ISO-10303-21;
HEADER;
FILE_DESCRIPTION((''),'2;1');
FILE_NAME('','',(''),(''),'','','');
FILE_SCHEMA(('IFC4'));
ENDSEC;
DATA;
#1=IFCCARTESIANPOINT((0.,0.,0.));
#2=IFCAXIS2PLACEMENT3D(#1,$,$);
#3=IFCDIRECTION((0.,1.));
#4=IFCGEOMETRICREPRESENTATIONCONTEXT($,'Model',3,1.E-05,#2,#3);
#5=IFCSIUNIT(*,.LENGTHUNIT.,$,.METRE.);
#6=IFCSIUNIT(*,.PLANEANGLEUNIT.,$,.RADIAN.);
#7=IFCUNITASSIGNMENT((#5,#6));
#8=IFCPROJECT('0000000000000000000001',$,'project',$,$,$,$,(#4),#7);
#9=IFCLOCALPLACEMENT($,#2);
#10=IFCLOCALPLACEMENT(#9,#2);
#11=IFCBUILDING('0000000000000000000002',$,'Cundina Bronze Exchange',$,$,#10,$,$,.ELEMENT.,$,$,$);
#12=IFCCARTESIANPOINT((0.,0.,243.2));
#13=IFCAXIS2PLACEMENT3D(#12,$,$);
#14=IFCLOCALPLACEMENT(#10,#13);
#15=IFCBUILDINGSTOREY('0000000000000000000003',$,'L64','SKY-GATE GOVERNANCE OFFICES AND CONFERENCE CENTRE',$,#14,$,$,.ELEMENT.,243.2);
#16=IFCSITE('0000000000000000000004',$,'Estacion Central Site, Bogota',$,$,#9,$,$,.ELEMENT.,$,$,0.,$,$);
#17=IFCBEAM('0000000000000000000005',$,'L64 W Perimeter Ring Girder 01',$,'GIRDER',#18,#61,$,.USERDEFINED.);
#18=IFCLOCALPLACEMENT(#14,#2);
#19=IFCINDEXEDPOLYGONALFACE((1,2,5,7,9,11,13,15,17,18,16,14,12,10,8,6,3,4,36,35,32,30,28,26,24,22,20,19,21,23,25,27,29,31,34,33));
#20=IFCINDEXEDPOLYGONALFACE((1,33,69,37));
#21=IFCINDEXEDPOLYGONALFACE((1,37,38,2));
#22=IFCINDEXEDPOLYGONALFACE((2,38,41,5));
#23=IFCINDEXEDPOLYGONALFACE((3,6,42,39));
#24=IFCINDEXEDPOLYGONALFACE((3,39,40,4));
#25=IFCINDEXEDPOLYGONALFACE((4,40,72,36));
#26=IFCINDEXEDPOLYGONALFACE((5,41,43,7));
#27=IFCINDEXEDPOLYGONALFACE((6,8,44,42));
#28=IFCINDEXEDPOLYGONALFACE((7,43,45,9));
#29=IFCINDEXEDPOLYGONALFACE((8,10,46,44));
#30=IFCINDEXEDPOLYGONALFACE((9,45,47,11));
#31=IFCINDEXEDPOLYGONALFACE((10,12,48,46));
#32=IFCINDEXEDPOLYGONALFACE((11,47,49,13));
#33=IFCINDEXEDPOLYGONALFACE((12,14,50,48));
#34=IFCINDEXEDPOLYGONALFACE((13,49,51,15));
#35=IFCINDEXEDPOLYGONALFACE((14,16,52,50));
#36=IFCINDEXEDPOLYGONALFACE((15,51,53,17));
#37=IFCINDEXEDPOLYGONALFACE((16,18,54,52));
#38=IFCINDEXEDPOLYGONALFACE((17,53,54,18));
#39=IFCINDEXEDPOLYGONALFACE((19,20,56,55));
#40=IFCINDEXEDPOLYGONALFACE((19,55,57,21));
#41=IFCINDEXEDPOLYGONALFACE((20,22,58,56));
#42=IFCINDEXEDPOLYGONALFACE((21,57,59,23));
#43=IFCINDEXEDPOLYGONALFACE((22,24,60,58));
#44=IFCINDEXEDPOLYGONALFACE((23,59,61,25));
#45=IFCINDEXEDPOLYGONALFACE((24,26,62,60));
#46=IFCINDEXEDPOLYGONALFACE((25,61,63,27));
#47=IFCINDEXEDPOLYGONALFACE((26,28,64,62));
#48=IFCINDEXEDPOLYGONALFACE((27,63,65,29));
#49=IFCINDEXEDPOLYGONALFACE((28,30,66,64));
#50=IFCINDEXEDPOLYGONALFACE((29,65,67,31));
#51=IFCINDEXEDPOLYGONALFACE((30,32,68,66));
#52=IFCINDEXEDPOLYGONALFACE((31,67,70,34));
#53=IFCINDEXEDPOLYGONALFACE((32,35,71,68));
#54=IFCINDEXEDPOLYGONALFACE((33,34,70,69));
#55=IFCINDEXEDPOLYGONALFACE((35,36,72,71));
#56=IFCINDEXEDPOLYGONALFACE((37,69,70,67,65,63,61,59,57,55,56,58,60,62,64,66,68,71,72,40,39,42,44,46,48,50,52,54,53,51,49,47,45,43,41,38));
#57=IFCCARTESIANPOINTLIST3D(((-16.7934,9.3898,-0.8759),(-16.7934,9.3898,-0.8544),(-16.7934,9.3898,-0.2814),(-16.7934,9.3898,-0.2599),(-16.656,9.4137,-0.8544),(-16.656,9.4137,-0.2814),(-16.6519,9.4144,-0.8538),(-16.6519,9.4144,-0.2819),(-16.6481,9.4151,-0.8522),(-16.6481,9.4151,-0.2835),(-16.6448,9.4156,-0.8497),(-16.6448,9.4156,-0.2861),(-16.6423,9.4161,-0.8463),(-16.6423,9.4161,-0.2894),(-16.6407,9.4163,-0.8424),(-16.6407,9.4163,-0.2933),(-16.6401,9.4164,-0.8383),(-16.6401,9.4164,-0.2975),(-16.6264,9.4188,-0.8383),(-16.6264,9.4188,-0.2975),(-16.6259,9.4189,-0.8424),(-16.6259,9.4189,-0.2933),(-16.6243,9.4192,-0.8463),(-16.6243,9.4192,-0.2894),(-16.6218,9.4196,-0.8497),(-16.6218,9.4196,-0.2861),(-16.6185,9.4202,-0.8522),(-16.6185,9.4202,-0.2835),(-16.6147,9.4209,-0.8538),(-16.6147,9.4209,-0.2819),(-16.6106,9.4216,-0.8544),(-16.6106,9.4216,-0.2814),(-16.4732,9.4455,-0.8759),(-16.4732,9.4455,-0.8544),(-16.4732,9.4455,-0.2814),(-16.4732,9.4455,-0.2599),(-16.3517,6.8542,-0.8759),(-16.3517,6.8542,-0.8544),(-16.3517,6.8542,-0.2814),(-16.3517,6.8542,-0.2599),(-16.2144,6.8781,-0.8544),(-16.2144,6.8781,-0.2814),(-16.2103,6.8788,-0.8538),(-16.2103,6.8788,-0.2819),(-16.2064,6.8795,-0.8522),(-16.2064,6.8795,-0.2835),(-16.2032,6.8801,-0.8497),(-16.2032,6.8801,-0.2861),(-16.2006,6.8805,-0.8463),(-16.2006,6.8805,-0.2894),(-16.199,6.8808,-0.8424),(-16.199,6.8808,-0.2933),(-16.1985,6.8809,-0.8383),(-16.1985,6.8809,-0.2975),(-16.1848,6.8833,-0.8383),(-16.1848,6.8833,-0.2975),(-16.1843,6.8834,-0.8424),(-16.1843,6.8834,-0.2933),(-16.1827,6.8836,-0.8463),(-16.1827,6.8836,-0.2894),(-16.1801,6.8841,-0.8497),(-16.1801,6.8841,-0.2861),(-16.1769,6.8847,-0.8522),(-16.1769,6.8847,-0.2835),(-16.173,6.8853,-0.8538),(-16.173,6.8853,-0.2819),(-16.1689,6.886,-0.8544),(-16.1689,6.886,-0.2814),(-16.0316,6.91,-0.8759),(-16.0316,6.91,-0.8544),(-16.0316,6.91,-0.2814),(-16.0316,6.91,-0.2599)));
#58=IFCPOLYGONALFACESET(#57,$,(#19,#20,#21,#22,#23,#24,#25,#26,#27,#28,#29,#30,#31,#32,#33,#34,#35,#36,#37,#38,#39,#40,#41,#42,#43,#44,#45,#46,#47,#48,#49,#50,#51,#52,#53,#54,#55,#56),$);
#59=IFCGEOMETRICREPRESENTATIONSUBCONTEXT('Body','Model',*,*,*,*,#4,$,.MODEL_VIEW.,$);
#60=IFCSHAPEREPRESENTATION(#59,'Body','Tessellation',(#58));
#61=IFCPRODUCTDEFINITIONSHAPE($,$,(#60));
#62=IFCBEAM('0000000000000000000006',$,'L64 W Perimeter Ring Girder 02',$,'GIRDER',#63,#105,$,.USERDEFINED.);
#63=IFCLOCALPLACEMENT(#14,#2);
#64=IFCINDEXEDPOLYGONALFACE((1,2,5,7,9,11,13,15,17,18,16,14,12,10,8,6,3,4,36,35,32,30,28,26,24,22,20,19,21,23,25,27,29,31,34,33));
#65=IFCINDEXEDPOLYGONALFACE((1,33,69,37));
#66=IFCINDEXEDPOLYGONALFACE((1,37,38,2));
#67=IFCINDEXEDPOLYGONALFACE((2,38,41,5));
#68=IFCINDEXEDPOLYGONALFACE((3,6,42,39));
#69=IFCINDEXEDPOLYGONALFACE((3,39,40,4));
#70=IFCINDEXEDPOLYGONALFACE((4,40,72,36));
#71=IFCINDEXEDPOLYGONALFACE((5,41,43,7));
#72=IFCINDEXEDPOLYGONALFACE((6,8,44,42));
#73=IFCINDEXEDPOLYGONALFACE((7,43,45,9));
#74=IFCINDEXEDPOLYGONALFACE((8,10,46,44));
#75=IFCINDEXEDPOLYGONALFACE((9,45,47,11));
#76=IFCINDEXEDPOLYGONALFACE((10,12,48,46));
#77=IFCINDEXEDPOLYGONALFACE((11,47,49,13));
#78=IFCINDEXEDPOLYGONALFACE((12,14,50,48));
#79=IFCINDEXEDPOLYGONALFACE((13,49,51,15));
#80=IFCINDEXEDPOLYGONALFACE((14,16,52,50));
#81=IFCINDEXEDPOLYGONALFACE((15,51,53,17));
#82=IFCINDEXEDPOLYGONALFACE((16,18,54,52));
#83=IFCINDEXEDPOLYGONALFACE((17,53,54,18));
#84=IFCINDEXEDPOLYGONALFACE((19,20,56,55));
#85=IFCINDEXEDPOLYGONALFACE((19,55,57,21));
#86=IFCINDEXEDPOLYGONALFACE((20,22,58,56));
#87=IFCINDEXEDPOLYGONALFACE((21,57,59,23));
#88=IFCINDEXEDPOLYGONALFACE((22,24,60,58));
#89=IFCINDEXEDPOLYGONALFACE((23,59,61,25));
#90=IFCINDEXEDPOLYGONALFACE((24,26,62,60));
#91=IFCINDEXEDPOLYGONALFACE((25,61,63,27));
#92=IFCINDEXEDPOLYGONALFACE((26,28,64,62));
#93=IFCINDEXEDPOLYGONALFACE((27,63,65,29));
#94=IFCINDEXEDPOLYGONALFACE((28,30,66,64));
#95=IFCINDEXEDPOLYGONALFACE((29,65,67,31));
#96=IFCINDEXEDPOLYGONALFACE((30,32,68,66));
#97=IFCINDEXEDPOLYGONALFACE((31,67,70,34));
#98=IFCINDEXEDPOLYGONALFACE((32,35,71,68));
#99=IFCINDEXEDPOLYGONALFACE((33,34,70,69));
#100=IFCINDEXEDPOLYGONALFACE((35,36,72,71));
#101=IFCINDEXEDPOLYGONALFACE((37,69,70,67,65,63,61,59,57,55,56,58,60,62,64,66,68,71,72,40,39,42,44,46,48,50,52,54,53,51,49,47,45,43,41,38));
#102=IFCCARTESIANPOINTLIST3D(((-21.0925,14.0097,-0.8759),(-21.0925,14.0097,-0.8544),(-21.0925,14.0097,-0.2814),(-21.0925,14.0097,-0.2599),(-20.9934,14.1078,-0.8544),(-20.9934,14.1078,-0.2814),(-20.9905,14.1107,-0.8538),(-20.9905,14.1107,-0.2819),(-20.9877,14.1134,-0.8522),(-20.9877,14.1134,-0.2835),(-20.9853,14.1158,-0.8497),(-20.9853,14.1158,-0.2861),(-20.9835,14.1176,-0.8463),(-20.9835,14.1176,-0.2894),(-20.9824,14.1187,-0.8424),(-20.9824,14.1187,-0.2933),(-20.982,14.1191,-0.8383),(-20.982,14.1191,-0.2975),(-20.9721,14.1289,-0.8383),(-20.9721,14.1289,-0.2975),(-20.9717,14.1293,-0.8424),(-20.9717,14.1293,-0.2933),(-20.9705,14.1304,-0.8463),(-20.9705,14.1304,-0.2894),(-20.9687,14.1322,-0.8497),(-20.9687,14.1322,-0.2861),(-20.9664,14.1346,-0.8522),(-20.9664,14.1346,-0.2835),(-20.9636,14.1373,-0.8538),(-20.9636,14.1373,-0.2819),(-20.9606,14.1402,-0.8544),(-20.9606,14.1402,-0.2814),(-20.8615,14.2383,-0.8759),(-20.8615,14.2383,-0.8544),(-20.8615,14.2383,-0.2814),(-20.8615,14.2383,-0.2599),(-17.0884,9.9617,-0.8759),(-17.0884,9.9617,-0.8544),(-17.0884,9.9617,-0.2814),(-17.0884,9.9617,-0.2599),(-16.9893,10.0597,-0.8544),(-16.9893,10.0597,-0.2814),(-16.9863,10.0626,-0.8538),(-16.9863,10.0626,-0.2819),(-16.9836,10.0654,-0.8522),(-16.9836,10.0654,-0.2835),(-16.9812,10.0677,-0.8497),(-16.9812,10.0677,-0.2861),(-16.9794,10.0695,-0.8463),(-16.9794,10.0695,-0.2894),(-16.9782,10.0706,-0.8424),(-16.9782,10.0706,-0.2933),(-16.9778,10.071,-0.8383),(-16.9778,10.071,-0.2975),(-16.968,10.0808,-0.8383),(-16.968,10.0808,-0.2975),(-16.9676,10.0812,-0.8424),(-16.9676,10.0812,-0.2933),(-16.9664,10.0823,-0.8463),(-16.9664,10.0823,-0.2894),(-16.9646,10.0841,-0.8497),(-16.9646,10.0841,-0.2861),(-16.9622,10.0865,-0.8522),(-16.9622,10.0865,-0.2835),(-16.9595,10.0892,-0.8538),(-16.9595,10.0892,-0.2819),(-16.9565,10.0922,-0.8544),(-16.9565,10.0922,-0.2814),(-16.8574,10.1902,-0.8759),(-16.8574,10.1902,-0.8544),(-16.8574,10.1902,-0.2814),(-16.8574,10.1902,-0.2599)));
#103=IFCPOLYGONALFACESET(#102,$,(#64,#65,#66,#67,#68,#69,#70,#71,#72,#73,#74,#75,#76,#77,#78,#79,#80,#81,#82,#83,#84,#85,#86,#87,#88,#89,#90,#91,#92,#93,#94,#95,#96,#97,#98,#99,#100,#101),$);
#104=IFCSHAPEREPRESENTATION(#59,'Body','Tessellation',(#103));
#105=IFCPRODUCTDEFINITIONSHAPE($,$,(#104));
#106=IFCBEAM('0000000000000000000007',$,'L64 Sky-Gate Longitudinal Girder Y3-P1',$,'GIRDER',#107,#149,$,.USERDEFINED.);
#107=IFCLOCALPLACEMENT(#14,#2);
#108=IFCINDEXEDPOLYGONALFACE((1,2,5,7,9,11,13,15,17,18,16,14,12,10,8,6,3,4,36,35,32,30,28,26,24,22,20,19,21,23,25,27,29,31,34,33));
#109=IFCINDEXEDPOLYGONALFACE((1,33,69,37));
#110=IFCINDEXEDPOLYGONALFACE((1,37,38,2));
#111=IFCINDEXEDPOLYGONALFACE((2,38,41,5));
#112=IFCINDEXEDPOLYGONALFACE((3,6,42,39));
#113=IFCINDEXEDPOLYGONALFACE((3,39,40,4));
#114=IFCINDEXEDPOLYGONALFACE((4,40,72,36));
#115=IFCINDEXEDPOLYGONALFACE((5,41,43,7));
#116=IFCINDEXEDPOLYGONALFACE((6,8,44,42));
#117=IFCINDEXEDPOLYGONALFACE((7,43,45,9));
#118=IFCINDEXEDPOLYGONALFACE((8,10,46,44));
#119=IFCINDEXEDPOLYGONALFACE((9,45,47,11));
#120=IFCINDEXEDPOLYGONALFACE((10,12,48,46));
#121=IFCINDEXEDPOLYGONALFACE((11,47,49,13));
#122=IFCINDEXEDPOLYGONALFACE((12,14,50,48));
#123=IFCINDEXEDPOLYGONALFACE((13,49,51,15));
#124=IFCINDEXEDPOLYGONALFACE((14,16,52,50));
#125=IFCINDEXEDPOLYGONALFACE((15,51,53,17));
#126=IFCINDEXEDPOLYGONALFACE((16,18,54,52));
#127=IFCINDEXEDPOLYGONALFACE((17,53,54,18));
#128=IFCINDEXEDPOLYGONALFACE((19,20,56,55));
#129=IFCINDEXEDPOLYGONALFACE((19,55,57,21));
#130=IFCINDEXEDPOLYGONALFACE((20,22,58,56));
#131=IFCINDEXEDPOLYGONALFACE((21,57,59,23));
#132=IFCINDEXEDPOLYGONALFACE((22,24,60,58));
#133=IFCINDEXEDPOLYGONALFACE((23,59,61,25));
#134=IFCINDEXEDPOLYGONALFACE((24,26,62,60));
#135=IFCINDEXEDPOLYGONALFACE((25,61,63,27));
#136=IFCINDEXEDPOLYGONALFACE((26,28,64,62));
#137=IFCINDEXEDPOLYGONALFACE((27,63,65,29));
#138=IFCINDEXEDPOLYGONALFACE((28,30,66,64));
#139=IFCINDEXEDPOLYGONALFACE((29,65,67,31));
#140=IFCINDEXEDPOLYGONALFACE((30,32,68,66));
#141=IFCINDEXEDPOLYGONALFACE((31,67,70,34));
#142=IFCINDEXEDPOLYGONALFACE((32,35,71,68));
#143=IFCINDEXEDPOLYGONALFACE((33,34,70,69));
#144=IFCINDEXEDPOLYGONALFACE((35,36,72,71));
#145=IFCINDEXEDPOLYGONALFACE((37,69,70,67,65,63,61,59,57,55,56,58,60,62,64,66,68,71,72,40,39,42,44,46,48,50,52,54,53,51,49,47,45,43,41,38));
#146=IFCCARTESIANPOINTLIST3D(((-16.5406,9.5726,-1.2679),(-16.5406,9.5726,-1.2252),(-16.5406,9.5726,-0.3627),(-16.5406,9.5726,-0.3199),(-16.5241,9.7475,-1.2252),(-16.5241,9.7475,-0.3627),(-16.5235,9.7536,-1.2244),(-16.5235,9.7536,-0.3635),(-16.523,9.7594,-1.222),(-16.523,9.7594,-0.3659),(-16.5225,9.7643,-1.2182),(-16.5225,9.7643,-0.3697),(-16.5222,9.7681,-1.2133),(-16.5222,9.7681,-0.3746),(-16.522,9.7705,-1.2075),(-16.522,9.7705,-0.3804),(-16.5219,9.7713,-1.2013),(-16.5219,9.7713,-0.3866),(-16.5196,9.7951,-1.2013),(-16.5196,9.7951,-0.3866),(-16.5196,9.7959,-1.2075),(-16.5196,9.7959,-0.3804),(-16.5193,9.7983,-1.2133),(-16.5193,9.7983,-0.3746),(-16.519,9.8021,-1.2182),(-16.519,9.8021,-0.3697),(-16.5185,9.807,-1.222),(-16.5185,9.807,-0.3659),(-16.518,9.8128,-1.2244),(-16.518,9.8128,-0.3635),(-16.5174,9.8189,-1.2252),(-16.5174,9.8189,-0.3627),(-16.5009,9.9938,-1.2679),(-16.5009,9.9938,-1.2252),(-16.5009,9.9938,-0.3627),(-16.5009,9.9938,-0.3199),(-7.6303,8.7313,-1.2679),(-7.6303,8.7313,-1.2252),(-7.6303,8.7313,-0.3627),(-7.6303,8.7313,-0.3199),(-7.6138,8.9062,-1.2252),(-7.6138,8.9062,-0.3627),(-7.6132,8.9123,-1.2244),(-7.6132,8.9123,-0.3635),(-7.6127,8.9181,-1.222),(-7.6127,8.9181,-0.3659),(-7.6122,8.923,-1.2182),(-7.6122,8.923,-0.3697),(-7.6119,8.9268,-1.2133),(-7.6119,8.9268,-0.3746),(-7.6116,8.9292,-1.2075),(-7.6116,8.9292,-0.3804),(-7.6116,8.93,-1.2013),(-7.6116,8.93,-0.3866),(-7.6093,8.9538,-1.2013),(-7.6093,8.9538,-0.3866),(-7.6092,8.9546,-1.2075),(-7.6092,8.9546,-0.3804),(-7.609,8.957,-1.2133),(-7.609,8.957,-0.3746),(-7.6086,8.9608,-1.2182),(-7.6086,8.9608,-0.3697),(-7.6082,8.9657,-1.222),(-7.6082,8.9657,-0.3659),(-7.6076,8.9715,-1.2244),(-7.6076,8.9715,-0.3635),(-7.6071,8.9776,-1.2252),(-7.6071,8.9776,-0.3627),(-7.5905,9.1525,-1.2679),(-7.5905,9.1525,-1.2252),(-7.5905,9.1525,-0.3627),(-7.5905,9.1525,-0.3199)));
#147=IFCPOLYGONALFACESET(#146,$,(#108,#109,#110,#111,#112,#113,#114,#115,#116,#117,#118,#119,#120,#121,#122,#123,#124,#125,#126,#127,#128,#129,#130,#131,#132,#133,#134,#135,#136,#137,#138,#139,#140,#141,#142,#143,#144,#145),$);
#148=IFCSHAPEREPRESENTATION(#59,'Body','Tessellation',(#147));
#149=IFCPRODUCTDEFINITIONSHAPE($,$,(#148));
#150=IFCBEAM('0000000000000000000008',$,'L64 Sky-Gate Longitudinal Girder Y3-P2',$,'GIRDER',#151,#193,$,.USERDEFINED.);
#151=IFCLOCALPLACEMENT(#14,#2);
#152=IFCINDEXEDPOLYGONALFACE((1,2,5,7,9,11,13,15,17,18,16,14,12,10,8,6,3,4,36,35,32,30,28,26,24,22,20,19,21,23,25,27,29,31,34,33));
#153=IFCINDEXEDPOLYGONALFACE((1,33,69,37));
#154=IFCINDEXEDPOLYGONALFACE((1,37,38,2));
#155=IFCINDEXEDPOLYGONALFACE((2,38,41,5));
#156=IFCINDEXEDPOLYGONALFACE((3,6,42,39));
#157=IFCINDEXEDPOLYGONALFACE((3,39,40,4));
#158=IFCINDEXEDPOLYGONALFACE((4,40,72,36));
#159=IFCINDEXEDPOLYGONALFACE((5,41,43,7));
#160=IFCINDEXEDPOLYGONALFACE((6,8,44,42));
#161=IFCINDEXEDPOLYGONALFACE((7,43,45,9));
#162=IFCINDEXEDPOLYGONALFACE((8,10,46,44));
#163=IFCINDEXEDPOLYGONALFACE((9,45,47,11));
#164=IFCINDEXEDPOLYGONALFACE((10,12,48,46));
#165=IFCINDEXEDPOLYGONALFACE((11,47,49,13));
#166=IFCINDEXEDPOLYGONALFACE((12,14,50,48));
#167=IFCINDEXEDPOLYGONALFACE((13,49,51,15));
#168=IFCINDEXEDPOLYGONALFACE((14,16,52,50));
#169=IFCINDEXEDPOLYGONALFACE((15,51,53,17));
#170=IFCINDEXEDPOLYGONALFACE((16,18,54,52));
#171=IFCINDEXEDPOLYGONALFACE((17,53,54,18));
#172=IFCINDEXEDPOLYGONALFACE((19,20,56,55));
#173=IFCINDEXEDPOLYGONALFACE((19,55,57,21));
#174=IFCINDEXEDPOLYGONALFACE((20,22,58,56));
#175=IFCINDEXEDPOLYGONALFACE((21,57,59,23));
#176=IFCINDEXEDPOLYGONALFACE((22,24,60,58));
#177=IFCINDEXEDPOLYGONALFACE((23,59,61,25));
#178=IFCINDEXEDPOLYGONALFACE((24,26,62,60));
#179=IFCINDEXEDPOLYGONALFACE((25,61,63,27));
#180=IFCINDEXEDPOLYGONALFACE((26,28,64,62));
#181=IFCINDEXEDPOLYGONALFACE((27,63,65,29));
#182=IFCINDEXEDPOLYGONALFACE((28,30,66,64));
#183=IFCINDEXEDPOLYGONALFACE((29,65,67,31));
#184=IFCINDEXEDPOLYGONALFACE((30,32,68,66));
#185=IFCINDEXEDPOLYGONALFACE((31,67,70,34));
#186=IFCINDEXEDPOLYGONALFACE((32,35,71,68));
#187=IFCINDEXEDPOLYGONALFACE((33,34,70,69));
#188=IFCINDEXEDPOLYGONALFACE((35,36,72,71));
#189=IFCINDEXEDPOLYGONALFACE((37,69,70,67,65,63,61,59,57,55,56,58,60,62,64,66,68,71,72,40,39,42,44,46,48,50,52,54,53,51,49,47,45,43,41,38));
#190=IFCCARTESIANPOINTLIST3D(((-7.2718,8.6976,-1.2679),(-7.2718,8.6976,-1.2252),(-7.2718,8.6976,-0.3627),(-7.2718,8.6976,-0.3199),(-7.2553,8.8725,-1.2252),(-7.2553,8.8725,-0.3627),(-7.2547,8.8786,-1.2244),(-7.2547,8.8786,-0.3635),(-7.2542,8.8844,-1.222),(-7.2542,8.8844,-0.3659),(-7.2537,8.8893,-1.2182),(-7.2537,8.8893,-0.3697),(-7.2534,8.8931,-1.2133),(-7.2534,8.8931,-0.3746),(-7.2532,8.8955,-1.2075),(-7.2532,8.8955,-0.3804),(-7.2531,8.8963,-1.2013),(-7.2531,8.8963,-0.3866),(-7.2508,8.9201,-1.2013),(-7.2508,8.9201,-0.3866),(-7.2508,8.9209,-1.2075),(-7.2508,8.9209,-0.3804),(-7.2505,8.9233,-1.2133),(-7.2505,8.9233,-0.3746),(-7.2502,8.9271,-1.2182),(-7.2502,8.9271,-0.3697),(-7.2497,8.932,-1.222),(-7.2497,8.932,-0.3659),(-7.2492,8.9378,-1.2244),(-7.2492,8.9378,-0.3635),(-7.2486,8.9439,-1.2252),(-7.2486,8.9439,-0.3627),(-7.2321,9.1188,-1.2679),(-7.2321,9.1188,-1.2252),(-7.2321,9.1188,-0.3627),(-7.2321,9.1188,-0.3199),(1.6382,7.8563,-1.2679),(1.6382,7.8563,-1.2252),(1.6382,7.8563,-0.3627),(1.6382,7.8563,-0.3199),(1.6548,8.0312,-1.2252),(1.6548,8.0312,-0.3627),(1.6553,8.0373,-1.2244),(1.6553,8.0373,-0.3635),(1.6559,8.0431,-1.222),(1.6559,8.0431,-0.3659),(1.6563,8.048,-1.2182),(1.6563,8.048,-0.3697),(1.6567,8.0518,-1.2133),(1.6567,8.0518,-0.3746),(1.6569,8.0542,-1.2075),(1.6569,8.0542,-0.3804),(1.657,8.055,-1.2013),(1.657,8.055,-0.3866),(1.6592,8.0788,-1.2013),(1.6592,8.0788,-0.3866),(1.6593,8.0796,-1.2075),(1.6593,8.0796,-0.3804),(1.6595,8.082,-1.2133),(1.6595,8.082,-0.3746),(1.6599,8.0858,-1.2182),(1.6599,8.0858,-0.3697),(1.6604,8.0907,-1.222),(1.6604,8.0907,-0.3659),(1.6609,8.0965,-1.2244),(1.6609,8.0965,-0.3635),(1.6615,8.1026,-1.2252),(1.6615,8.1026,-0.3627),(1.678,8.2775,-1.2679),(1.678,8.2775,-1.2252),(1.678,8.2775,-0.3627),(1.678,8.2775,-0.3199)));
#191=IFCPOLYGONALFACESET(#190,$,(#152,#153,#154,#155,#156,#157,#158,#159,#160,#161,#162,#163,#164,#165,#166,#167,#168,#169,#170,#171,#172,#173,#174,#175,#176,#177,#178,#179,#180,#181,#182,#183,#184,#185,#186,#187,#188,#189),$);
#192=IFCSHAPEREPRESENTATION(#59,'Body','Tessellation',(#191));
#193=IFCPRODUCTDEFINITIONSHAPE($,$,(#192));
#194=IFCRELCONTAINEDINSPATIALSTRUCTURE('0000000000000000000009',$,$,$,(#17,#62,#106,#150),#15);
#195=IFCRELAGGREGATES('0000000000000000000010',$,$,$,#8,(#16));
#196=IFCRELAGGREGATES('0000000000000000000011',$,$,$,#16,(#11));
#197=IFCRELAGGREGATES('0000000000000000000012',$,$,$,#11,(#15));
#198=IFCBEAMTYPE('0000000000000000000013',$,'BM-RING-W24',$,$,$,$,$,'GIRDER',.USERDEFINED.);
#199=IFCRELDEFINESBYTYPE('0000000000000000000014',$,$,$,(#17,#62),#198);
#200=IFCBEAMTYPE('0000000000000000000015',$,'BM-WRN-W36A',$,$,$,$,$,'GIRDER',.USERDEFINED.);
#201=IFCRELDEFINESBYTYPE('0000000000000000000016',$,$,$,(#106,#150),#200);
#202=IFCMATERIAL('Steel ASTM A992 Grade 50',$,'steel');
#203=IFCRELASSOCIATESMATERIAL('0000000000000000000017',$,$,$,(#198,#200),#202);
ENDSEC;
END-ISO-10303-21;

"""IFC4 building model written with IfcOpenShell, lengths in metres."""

from ifc_helpers import new_model, si_unit, direction, frame, origin, origin_2d, place, context, subcontext, project, spatial, i_section, extrude, material, material_profile, profile_set, type_object, element, save


model = new_model("IFC4")

# Units and contexts
model_context = context("Model", 3, precision=1e-05, world=origin(), true_north=direction((0.0, 1.0)))
body_context = subcontext(model_context, "Body", "Model", "MODEL_VIEW")
ifc_project = project(units=[si_unit("LENGTHUNIT", "METRE"), si_unit("PLANEANGLEUNIT", "RADIAN")], contexts=[model_context])

# Site, building, storey
site_placement = place(None, origin())
site = spatial("IfcSite", under=ifc_project, at=site_placement, Name="Estacion Central Site, Bogota", CompositionType="ELEMENT", RefElevation=0.0)
building_placement = place(site_placement, origin())
building = spatial("IfcBuilding", under=site, at=building_placement, Name="Cundina Bronze Exchange", CompositionType="ELEMENT")
storey_placement = place(building_placement, frame((0.0, 0.0, 243.2)))
storey = spatial("IfcBuildingStorey", under=building, at=storey_placement, Name="L64", Description="SKY-GATE GOVERNANCE OFFICES AND CONFERENCE CENTRE", CompositionType="ELEMENT", Elevation=243.2)

# Beams
ifc_material_1 = material(Name="Steel ASTM A992 Grade 50", Category="steel")
ifc_material_profile_1 = material_profile(ifc_material_1, i_section(OverallWidth=0.325, OverallDepth=0.616, WebThickness=0.0139, FlangeThickness=0.0215, FilletRadius=0.0161, at=origin_2d()), Name="W24X117", Category="steel")
ifc_profile_set_1 = profile_set([ifc_material_profile_1], Name="Steel ASTM A992 Grade 50")
beam_type_1 = type_object("IfcBeamType", Name="BM-RING-W24", ElementType="GIRDER", PredefinedType="USERDEFINED", material=ifc_profile_set_1)
beam_1_placement = place(storey_placement, frame((-16.1917, 6.8821, -0.5679), z_axis=(-0.171593, 0.985168, 0.0), x_axis=(-0.985168, -0.171593, 0.0)))
element("IfcBeam", 1, at=beam_1_placement, inside=storey, type_object=beam_type_1, Name="L64 W Perimeter Ring Girder 01", ObjectType="GIRDER", PredefinedType="USERDEFINED", context=body_context, shape_type="SweptSolid", body=[
    extrude(i_section(OverallWidth=0.325, OverallDepth=0.616, WebThickness=0.0139, FlangeThickness=0.0215, FilletRadius=0.0161, at=origin_2d()), origin(), (0.0, 0.0, 1.0), 2.5737),
])
beam_2_placement = place(storey_placement, frame((-16.9729, 10.0759, -0.5679), z_axis=(-0.703237, 0.710955, 0.0), x_axis=(-0.710955, -0.703237, 0.0)))
element("IfcBeam", 2, at=beam_2_placement, inside=storey, type_object=beam_type_1, Name="L64 W Perimeter Ring Girder 02", ObjectType="GIRDER", PredefinedType="USERDEFINED", context=body_context, shape_type="SweptSolid", body=[
    extrude(i_section(OverallWidth=0.325, OverallDepth=0.616, WebThickness=0.0139, FlangeThickness=0.0215, FilletRadius=0.0161, at=origin_2d()), origin(), (0.0, 0.0, 1.0), 5.6938),
])
ifc_material_profile_2 = material_profile(ifc_material_1, i_section(OverallWidth=0.4231, OverallDepth=0.948, WebThickness=0.0239, FlangeThickness=0.0427, FilletRadius=0.0239, at=origin_2d()), Name="W36X302", Category="steel")
ifc_profile_set_2 = profile_set([ifc_material_profile_2], Name="Steel ASTM A992 Grade 50")
beam_type_2 = type_object("IfcBeamType", Name="BM-WRN-W36A", ElementType="GIRDER", PredefinedType="USERDEFINED", material=ifc_profile_set_2)
beam_3_placement = place(storey_placement, frame((-16.5208, 9.7832, -0.7939), z_axis=(0.995572, -0.094001, 0.0), x_axis=(0.094001, 0.995572, 0.0)))
element("IfcBeam", 3, at=beam_3_placement, inside=storey, type_object=beam_type_2, Name="L64 Sky-Gate Longitudinal Girder Y3-P1", ObjectType="GIRDER", PredefinedType="USERDEFINED", context=body_context, shape_type="SweptSolid", body=[
    extrude(i_section(OverallWidth=0.4231, OverallDepth=0.948, WebThickness=0.0239, FlangeThickness=0.0427, FilletRadius=0.0239, at=origin_2d()), origin(), (0.0, 0.0, 1.0), 8.95),
])
beam_4_placement = place(storey_placement, frame((-7.252, 8.9082, -0.7939), z_axis=(0.995572, -0.094003, 0.0), x_axis=(0.094003, 0.995572, 0.0)))
element("IfcBeam", 4, at=beam_4_placement, inside=storey, type_object=beam_type_2, Name="L64 Sky-Gate Longitudinal Girder Y3-P2", ObjectType="GIRDER", PredefinedType="USERDEFINED", context=body_context, shape_type="SweptSolid", body=[
    extrude(i_section(OverallWidth=0.4231, OverallDepth=0.948, WebThickness=0.0239, FlangeThickness=0.0427, FilletRadius=0.0239, at=origin_2d()), origin(), (0.0, 0.0, 1.0), 8.9497),
])

save(model, "model.ifc")
